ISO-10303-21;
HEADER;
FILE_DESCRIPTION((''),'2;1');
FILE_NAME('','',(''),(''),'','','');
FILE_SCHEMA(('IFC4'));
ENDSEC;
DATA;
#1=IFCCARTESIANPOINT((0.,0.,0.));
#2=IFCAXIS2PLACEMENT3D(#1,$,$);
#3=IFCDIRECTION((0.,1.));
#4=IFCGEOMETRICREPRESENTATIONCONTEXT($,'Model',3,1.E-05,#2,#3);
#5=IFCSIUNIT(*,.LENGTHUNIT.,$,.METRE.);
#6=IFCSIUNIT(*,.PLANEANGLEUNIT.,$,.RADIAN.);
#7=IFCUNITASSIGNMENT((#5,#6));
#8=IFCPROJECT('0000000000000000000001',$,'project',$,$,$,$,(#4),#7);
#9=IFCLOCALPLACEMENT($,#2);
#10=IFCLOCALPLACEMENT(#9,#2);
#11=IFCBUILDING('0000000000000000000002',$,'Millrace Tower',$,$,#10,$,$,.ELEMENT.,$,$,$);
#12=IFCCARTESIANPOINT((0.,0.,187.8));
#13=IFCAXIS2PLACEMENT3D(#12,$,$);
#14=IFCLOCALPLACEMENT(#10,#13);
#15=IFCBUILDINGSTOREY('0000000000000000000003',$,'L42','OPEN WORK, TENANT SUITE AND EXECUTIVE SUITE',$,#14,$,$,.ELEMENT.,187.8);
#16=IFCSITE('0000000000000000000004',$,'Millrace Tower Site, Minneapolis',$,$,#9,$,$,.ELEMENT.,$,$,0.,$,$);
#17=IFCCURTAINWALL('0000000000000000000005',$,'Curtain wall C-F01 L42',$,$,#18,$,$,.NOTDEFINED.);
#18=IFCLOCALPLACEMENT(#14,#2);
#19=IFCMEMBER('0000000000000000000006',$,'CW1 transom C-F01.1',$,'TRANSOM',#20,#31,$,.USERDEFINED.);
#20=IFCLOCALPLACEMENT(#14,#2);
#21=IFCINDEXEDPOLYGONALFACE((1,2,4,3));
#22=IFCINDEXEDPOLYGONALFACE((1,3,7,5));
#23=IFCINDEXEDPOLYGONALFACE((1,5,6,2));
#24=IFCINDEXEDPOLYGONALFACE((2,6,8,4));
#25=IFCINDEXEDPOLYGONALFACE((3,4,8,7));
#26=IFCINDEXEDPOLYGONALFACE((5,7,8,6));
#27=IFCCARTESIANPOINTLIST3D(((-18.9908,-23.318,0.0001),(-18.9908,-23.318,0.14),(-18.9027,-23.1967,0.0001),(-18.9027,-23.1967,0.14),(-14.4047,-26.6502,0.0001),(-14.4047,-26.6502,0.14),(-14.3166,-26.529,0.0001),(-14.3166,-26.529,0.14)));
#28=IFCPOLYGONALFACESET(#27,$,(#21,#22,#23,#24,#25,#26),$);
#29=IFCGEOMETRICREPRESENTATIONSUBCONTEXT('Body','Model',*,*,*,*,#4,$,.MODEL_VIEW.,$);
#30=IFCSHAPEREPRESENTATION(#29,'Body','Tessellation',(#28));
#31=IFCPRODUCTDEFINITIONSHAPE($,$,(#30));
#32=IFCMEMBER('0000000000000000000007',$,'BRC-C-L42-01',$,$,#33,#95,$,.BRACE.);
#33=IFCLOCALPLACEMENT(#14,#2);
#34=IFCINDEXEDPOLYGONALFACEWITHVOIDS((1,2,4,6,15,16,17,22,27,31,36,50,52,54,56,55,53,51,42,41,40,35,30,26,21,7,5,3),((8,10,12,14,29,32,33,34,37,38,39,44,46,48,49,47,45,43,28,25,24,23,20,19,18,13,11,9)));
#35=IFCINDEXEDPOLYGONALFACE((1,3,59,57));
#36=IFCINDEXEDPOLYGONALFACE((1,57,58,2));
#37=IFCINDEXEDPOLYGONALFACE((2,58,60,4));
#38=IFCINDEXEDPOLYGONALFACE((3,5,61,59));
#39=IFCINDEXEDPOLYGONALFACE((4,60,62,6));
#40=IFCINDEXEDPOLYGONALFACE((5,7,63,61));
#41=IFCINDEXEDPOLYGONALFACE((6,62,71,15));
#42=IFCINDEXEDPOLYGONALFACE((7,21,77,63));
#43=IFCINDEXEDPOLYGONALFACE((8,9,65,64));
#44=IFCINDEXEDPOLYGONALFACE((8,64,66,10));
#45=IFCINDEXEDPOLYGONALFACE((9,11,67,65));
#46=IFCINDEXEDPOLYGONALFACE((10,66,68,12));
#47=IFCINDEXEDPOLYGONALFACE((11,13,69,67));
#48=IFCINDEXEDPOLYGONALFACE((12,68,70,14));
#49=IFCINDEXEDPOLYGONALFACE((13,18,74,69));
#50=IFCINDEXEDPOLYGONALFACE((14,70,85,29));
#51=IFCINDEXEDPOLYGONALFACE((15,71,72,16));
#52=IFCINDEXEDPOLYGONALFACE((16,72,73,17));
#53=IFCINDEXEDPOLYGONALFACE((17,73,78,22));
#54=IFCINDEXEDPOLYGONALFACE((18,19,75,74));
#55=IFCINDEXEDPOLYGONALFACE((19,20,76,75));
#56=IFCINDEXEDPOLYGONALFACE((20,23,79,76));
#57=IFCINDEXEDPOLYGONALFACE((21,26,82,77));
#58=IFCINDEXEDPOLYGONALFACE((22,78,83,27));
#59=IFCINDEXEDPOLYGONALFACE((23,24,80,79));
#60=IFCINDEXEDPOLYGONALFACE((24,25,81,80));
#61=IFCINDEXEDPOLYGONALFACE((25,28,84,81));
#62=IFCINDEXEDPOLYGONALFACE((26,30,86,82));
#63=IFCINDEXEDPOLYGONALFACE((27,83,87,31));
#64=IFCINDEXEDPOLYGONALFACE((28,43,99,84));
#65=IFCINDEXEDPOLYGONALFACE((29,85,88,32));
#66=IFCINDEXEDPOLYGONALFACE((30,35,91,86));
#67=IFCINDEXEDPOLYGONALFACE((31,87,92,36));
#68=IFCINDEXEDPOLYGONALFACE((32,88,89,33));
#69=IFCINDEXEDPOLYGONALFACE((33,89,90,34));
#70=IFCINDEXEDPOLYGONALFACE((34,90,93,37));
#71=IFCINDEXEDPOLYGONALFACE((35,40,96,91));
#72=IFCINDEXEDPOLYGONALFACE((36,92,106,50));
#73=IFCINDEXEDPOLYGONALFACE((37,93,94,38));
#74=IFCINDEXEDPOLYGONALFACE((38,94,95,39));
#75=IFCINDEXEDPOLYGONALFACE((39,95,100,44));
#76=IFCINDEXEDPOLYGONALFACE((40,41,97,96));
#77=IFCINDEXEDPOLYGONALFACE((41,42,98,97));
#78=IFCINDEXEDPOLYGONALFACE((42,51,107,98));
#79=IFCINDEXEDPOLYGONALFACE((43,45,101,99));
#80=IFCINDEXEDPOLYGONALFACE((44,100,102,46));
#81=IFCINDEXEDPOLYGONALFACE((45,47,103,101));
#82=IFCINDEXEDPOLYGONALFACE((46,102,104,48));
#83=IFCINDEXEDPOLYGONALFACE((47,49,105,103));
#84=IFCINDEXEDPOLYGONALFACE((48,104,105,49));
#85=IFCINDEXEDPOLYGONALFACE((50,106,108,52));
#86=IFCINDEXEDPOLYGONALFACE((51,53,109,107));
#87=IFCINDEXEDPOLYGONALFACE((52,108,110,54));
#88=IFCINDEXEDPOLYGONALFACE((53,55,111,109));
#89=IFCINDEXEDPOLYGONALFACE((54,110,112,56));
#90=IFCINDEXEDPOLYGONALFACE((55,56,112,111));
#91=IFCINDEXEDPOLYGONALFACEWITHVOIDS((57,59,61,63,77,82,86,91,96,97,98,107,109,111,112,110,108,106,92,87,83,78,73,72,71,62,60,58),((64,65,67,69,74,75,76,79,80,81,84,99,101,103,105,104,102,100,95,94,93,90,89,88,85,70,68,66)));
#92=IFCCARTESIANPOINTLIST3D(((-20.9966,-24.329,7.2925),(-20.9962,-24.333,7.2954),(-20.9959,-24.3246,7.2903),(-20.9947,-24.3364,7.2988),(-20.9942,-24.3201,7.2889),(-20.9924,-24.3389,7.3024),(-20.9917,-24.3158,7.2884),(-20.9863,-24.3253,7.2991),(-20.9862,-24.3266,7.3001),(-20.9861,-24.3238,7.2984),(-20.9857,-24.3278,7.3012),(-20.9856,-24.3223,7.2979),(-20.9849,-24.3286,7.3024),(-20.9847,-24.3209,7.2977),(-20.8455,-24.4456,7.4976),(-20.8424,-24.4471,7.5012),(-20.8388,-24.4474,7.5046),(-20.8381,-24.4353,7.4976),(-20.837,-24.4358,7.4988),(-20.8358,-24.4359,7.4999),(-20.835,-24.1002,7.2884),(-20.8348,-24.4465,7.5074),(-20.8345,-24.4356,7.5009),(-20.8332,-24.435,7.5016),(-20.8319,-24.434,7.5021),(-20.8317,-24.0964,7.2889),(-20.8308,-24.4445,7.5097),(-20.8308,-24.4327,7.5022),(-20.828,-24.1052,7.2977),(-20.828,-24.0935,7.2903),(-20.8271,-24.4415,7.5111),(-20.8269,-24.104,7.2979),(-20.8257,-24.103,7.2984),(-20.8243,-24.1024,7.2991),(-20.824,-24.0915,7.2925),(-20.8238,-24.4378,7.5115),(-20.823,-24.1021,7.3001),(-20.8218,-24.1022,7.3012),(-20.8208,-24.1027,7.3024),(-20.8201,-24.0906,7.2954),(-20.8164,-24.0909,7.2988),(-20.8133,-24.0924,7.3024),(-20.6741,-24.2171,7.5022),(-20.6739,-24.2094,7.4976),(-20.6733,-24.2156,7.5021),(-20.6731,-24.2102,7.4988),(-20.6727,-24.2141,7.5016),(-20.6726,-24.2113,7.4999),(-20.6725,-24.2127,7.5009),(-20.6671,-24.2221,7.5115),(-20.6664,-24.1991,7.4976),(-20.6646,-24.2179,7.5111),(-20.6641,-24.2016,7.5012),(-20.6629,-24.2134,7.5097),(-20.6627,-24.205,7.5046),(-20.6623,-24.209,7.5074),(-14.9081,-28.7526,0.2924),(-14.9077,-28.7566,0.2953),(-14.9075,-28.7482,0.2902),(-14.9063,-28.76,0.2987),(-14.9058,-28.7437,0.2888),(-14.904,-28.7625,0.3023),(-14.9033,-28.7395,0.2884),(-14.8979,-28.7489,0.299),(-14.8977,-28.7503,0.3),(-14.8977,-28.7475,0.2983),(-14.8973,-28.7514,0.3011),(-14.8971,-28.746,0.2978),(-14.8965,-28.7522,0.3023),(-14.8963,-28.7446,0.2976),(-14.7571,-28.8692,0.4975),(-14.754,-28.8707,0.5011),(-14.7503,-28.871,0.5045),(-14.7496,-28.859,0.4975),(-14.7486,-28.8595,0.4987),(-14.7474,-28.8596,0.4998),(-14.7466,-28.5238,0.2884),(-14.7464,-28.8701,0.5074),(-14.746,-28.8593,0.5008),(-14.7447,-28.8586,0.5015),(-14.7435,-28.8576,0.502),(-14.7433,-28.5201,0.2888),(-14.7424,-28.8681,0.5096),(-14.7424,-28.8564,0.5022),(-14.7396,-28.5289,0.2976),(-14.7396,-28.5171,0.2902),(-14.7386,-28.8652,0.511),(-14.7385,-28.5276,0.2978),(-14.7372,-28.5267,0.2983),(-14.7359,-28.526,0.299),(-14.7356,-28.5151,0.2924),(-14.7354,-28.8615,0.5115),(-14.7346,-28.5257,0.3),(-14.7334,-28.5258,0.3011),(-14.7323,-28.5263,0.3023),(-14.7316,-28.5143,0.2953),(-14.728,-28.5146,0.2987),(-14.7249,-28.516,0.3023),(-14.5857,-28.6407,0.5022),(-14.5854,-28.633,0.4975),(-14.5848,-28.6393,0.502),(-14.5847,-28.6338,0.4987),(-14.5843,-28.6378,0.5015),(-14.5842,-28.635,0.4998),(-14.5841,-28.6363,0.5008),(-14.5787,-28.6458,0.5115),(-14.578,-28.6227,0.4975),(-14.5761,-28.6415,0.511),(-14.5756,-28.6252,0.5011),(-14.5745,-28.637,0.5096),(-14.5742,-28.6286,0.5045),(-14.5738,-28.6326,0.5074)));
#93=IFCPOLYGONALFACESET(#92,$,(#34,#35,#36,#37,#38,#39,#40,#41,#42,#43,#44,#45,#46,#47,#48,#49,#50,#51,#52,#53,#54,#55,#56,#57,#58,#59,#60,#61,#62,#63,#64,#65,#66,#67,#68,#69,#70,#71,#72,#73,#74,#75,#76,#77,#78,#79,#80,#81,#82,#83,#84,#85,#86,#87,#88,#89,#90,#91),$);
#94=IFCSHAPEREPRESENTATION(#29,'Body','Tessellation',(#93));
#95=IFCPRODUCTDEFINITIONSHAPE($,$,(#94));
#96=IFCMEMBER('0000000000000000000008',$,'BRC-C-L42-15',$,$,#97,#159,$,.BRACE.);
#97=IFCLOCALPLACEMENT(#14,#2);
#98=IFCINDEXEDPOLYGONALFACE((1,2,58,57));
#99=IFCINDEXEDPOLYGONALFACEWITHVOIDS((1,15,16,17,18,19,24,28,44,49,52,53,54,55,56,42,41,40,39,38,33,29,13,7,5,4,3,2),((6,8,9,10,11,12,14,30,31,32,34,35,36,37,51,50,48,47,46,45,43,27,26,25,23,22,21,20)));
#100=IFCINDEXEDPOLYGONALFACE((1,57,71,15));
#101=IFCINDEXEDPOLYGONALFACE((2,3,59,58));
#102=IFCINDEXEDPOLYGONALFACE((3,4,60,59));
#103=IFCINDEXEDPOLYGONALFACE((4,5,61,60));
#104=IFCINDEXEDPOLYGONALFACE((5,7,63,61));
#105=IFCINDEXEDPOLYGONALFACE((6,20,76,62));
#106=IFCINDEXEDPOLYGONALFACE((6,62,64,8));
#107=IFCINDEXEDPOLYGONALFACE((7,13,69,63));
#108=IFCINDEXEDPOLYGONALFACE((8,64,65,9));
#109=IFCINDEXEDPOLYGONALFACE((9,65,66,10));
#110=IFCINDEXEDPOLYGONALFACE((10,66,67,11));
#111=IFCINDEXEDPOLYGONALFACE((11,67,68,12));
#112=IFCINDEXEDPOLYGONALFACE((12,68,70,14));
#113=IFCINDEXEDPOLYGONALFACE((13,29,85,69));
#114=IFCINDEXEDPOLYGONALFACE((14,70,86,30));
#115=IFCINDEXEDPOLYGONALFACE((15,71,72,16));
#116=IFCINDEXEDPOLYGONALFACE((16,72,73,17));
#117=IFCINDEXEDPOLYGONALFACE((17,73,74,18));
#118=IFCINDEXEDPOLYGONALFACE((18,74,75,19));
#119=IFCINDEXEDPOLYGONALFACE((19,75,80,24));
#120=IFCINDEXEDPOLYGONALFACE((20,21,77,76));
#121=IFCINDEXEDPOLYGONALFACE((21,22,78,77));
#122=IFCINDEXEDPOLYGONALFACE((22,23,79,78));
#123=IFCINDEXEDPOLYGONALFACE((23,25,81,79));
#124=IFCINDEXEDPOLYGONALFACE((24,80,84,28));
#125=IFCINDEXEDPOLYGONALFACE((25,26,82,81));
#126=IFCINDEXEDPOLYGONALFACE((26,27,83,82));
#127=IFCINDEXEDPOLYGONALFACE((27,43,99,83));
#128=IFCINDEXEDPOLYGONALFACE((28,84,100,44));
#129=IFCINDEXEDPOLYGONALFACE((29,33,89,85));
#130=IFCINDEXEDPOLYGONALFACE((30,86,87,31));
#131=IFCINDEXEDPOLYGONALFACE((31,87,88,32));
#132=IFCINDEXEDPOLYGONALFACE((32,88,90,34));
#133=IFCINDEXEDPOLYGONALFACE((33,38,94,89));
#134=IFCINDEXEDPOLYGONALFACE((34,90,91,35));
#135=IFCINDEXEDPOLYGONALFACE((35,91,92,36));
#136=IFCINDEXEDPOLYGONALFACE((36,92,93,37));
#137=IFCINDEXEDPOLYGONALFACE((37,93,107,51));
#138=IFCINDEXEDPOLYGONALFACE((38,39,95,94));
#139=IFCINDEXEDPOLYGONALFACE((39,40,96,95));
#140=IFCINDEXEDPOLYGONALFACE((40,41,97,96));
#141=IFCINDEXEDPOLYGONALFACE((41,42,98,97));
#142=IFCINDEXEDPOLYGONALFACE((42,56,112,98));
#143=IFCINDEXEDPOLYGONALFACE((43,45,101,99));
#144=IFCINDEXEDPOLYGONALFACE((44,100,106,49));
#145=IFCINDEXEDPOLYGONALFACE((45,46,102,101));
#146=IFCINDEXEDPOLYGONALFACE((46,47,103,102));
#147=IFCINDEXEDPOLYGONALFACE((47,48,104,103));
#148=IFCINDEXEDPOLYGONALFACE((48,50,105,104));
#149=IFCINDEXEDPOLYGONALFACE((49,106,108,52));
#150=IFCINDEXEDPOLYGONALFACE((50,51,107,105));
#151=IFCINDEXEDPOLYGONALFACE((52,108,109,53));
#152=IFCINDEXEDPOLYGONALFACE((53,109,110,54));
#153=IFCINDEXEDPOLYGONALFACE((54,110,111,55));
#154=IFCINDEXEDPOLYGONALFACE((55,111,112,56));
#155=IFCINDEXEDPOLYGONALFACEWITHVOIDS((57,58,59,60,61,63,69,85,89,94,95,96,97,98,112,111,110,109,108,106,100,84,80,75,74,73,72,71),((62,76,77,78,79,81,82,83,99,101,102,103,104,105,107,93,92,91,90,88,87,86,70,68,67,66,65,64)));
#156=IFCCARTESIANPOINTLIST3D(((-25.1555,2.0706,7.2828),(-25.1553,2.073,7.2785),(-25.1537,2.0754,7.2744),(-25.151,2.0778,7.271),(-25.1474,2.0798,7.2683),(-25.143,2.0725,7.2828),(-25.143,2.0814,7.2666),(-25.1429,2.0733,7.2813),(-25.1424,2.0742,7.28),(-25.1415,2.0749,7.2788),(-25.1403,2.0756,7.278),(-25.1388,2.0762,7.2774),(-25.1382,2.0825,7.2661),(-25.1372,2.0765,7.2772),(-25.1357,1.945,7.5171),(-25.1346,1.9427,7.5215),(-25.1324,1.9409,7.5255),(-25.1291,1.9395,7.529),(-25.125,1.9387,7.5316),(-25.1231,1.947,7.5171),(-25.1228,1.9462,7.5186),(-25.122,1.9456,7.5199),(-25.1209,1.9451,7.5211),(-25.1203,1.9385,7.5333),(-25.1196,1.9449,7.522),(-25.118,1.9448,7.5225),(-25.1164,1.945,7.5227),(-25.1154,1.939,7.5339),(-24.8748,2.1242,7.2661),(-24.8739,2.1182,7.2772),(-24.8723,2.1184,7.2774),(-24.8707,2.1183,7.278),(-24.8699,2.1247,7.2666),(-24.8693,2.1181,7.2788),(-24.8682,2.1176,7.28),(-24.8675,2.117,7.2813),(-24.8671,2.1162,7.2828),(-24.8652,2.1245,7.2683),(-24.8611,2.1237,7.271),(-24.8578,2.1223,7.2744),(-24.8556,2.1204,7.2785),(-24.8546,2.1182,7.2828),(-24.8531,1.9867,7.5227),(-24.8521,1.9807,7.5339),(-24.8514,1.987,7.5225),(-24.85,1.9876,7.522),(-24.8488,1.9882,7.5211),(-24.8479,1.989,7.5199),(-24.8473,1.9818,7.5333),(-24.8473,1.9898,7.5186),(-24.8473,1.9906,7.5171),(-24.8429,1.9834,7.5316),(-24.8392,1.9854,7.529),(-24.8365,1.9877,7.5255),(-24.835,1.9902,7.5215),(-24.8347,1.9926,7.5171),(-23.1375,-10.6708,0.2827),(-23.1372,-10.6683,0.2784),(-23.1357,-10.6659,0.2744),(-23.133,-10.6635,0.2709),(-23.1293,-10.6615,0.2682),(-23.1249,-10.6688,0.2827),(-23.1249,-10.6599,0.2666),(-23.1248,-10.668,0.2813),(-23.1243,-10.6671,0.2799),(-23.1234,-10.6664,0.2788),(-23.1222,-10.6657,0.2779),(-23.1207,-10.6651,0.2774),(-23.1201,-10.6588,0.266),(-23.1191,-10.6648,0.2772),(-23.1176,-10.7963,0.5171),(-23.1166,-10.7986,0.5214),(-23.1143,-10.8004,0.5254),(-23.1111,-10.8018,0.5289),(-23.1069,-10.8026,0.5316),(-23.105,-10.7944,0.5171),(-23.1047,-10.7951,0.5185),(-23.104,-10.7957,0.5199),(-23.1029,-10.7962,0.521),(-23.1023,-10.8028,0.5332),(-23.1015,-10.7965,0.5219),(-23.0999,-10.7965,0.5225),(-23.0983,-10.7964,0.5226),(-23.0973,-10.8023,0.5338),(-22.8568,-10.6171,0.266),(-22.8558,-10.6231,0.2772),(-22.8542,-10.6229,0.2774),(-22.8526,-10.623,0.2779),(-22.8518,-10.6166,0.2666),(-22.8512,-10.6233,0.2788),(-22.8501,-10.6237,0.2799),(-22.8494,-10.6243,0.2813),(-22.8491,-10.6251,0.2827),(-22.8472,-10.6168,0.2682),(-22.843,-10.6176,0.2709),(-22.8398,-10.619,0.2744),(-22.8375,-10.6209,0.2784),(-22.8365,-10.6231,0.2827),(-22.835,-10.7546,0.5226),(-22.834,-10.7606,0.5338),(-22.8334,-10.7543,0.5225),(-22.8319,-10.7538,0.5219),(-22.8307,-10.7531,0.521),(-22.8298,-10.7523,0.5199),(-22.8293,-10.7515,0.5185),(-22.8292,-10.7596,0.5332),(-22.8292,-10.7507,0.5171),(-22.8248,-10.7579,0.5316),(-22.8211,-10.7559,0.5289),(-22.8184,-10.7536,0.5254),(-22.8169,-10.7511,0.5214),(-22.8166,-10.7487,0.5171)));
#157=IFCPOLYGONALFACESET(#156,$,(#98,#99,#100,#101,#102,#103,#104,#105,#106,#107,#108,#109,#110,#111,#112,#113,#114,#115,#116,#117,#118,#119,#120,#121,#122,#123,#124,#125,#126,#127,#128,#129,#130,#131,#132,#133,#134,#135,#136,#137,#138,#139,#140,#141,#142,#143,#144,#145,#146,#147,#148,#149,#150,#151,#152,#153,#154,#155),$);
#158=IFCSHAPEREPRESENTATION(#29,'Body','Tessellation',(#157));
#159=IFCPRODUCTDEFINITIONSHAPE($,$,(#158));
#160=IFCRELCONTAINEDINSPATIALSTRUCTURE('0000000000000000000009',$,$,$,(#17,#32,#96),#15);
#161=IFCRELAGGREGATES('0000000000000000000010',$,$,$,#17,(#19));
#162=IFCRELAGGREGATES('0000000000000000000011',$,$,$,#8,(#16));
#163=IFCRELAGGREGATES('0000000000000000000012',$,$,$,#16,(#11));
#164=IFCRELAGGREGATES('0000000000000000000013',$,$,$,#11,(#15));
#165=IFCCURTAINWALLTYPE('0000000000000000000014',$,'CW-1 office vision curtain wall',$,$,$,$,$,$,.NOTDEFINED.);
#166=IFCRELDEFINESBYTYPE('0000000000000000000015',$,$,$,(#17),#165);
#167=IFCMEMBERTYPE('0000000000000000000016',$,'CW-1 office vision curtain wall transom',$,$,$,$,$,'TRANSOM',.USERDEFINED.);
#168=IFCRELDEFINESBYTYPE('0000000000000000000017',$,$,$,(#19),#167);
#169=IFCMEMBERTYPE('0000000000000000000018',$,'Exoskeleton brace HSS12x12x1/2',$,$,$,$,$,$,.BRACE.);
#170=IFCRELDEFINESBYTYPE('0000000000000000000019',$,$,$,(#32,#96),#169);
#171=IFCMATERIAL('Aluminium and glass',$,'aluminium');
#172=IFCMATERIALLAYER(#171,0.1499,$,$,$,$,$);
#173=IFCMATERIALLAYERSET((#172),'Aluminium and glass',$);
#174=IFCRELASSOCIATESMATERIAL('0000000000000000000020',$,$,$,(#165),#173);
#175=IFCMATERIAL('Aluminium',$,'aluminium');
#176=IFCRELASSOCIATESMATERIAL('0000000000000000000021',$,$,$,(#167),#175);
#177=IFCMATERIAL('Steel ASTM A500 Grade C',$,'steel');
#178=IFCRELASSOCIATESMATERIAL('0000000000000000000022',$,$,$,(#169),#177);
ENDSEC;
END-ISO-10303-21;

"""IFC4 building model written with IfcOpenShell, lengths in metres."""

from ifc_helpers import new_model, si_unit, direction, frame, origin, origin_2d, place, context, subcontext, project, spatial, rectangle, hollow_rectangle, extrude, material, layer, layer_set, material_profile, profile_set, type_object, element, aggregate, save


model = new_model("IFC4")

# Units and contexts
model_context = context("Model", 3, precision=1e-05, world=origin(), true_north=direction((0.0, 1.0)))
body_context = subcontext(model_context, "Body", "Model", "MODEL_VIEW")
ifc_project = project(units=[si_unit("LENGTHUNIT", "METRE"), si_unit("PLANEANGLEUNIT", "RADIAN")], contexts=[model_context])

# Site, building, storey
site_placement = place(None, origin())
site = spatial("IfcSite", under=ifc_project, at=site_placement, Name="Millrace Tower Site, Minneapolis", CompositionType="ELEMENT", RefElevation=0.0)
building_placement = place(site_placement, origin())
building = spatial("IfcBuilding", under=site, at=building_placement, Name="Millrace Tower", CompositionType="ELEMENT")
storey_placement = place(building_placement, frame((0.0, 0.0, 187.8)))
storey = spatial("IfcBuildingStorey", under=building, at=storey_placement, Name="L42", Description="OPEN WORK, TENANT SUITE AND EXECUTIVE SUITE", CompositionType="ELEMENT", Elevation=187.8)

# Curtain wall
ifc_material_1 = material(Name="Aluminium and glass", Category="aluminium")
ifc_layer_1 = layer(ifc_material_1, 0.1499)
ifc_layer_set_1 = layer_set([ifc_layer_1], Name="Aluminium and glass")
curtain_wall_type = type_object("IfcCurtainWallType", Name="CW-1 office vision curtain wall", PredefinedType="NOTDEFINED", material=ifc_layer_set_1)
placement = place(storey_placement, origin())
curtain_wall_1 = element("IfcCurtainWall", 1, at=placement, inside=storey, type_object=curtain_wall_type, Name="Curtain wall C-F01 L42", PredefinedType="NOTDEFINED")

# Member
ifc_material_2 = material(Name="Aluminium", Category="aluminium")
ifc_material_profile_1 = material_profile(ifc_material_2, rectangle(XDim=0.1499, YDim=0.1399, at=origin_2d()))
ifc_profile_set_1 = profile_set([ifc_material_profile_1], Name="Aluminium")
member_type_1 = type_object("IfcMemberType", Name="CW-1 office vision curtain wall transom", ElementType="TRANSOM", PredefinedType="USERDEFINED", material=ifc_profile_set_1)
member_1_placement = place(storey_placement, frame((-18.9468, -23.2573, 0.0701), z_axis=(0.808999, -0.587811, 0.0), x_axis=(0.587811, 0.808999, 0.0)))
member_1 = element("IfcMember", 2, at=member_1_placement, type_object=member_type_1, Name="CW1 transom C-F01.1", ObjectType="TRANSOM", PredefinedType="USERDEFINED", context=body_context, shape_type="SweptSolid", body=[
    extrude(rectangle(XDim=0.1499, YDim=0.1399, at=origin_2d()), origin(), (0.0, 0.0, 1.0), 5.6689),
])
aggregate(curtain_wall_1, [member_1])

# Members
ifc_material_3 = material(Name="Steel ASTM A500 Grade C", Category="steel")
ifc_material_profile_2 = material_profile(ifc_material_3, hollow_rectangle(XDim=0.3047, YDim=0.3047, WallThickness=0.0127, InnerFilletRadius=0.0063, OuterFilletRadius=0.019, at=origin_2d()))
ifc_profile_set_2 = profile_set([ifc_material_profile_2], Name="Steel ASTM A500 Grade C")
member_type_2 = type_object("IfcMemberType", Name="Exoskeleton brace HSS12x12x1/2", PredefinedType="BRACE", material=ifc_profile_set_2)
member_2_placement = place(storey_placement, frame((-14.741, -28.6926, 0.3999), z_axis=(-0.592372, 0.430395, 0.681069), x_axis=(-0.587795, -0.80901, 0.0)))
element("IfcMember", 3, at=member_2_placement, inside=storey, type_object=member_type_2, Name="BRC-C-L42-01", PredefinedType="BRACE", context=body_context, shape_type="SweptSolid", body=[
    extrude(hollow_rectangle(XDim=0.3047, YDim=0.3047, WallThickness=0.0127, InnerFilletRadius=0.0063, OuterFilletRadius=0.019, at=origin_2d()), origin(), (0.0, 0.0, 1.0), 10.2781),
])
member_3_placement = place(storey_placement, frame((-22.9771, -10.7097, 0.3999), z_axis=(-0.1375, 0.868114, 0.47694), x_axis=(-0.987688, -0.156439, 0.0)))
element("IfcMember", 4, at=member_3_placement, inside=storey, type_object=member_type_2, Name="BRC-C-L42-15", PredefinedType="BRACE", context=body_context, shape_type="SweptSolid", body=[
    extrude(hollow_rectangle(XDim=0.3047, YDim=0.3047, WallThickness=0.0127, InnerFilletRadius=0.0063, OuterFilletRadius=0.019, at=origin_2d()), origin(), (0.0, 0.0, 1.0), 14.677),
])

save(model, "model.ifc")
